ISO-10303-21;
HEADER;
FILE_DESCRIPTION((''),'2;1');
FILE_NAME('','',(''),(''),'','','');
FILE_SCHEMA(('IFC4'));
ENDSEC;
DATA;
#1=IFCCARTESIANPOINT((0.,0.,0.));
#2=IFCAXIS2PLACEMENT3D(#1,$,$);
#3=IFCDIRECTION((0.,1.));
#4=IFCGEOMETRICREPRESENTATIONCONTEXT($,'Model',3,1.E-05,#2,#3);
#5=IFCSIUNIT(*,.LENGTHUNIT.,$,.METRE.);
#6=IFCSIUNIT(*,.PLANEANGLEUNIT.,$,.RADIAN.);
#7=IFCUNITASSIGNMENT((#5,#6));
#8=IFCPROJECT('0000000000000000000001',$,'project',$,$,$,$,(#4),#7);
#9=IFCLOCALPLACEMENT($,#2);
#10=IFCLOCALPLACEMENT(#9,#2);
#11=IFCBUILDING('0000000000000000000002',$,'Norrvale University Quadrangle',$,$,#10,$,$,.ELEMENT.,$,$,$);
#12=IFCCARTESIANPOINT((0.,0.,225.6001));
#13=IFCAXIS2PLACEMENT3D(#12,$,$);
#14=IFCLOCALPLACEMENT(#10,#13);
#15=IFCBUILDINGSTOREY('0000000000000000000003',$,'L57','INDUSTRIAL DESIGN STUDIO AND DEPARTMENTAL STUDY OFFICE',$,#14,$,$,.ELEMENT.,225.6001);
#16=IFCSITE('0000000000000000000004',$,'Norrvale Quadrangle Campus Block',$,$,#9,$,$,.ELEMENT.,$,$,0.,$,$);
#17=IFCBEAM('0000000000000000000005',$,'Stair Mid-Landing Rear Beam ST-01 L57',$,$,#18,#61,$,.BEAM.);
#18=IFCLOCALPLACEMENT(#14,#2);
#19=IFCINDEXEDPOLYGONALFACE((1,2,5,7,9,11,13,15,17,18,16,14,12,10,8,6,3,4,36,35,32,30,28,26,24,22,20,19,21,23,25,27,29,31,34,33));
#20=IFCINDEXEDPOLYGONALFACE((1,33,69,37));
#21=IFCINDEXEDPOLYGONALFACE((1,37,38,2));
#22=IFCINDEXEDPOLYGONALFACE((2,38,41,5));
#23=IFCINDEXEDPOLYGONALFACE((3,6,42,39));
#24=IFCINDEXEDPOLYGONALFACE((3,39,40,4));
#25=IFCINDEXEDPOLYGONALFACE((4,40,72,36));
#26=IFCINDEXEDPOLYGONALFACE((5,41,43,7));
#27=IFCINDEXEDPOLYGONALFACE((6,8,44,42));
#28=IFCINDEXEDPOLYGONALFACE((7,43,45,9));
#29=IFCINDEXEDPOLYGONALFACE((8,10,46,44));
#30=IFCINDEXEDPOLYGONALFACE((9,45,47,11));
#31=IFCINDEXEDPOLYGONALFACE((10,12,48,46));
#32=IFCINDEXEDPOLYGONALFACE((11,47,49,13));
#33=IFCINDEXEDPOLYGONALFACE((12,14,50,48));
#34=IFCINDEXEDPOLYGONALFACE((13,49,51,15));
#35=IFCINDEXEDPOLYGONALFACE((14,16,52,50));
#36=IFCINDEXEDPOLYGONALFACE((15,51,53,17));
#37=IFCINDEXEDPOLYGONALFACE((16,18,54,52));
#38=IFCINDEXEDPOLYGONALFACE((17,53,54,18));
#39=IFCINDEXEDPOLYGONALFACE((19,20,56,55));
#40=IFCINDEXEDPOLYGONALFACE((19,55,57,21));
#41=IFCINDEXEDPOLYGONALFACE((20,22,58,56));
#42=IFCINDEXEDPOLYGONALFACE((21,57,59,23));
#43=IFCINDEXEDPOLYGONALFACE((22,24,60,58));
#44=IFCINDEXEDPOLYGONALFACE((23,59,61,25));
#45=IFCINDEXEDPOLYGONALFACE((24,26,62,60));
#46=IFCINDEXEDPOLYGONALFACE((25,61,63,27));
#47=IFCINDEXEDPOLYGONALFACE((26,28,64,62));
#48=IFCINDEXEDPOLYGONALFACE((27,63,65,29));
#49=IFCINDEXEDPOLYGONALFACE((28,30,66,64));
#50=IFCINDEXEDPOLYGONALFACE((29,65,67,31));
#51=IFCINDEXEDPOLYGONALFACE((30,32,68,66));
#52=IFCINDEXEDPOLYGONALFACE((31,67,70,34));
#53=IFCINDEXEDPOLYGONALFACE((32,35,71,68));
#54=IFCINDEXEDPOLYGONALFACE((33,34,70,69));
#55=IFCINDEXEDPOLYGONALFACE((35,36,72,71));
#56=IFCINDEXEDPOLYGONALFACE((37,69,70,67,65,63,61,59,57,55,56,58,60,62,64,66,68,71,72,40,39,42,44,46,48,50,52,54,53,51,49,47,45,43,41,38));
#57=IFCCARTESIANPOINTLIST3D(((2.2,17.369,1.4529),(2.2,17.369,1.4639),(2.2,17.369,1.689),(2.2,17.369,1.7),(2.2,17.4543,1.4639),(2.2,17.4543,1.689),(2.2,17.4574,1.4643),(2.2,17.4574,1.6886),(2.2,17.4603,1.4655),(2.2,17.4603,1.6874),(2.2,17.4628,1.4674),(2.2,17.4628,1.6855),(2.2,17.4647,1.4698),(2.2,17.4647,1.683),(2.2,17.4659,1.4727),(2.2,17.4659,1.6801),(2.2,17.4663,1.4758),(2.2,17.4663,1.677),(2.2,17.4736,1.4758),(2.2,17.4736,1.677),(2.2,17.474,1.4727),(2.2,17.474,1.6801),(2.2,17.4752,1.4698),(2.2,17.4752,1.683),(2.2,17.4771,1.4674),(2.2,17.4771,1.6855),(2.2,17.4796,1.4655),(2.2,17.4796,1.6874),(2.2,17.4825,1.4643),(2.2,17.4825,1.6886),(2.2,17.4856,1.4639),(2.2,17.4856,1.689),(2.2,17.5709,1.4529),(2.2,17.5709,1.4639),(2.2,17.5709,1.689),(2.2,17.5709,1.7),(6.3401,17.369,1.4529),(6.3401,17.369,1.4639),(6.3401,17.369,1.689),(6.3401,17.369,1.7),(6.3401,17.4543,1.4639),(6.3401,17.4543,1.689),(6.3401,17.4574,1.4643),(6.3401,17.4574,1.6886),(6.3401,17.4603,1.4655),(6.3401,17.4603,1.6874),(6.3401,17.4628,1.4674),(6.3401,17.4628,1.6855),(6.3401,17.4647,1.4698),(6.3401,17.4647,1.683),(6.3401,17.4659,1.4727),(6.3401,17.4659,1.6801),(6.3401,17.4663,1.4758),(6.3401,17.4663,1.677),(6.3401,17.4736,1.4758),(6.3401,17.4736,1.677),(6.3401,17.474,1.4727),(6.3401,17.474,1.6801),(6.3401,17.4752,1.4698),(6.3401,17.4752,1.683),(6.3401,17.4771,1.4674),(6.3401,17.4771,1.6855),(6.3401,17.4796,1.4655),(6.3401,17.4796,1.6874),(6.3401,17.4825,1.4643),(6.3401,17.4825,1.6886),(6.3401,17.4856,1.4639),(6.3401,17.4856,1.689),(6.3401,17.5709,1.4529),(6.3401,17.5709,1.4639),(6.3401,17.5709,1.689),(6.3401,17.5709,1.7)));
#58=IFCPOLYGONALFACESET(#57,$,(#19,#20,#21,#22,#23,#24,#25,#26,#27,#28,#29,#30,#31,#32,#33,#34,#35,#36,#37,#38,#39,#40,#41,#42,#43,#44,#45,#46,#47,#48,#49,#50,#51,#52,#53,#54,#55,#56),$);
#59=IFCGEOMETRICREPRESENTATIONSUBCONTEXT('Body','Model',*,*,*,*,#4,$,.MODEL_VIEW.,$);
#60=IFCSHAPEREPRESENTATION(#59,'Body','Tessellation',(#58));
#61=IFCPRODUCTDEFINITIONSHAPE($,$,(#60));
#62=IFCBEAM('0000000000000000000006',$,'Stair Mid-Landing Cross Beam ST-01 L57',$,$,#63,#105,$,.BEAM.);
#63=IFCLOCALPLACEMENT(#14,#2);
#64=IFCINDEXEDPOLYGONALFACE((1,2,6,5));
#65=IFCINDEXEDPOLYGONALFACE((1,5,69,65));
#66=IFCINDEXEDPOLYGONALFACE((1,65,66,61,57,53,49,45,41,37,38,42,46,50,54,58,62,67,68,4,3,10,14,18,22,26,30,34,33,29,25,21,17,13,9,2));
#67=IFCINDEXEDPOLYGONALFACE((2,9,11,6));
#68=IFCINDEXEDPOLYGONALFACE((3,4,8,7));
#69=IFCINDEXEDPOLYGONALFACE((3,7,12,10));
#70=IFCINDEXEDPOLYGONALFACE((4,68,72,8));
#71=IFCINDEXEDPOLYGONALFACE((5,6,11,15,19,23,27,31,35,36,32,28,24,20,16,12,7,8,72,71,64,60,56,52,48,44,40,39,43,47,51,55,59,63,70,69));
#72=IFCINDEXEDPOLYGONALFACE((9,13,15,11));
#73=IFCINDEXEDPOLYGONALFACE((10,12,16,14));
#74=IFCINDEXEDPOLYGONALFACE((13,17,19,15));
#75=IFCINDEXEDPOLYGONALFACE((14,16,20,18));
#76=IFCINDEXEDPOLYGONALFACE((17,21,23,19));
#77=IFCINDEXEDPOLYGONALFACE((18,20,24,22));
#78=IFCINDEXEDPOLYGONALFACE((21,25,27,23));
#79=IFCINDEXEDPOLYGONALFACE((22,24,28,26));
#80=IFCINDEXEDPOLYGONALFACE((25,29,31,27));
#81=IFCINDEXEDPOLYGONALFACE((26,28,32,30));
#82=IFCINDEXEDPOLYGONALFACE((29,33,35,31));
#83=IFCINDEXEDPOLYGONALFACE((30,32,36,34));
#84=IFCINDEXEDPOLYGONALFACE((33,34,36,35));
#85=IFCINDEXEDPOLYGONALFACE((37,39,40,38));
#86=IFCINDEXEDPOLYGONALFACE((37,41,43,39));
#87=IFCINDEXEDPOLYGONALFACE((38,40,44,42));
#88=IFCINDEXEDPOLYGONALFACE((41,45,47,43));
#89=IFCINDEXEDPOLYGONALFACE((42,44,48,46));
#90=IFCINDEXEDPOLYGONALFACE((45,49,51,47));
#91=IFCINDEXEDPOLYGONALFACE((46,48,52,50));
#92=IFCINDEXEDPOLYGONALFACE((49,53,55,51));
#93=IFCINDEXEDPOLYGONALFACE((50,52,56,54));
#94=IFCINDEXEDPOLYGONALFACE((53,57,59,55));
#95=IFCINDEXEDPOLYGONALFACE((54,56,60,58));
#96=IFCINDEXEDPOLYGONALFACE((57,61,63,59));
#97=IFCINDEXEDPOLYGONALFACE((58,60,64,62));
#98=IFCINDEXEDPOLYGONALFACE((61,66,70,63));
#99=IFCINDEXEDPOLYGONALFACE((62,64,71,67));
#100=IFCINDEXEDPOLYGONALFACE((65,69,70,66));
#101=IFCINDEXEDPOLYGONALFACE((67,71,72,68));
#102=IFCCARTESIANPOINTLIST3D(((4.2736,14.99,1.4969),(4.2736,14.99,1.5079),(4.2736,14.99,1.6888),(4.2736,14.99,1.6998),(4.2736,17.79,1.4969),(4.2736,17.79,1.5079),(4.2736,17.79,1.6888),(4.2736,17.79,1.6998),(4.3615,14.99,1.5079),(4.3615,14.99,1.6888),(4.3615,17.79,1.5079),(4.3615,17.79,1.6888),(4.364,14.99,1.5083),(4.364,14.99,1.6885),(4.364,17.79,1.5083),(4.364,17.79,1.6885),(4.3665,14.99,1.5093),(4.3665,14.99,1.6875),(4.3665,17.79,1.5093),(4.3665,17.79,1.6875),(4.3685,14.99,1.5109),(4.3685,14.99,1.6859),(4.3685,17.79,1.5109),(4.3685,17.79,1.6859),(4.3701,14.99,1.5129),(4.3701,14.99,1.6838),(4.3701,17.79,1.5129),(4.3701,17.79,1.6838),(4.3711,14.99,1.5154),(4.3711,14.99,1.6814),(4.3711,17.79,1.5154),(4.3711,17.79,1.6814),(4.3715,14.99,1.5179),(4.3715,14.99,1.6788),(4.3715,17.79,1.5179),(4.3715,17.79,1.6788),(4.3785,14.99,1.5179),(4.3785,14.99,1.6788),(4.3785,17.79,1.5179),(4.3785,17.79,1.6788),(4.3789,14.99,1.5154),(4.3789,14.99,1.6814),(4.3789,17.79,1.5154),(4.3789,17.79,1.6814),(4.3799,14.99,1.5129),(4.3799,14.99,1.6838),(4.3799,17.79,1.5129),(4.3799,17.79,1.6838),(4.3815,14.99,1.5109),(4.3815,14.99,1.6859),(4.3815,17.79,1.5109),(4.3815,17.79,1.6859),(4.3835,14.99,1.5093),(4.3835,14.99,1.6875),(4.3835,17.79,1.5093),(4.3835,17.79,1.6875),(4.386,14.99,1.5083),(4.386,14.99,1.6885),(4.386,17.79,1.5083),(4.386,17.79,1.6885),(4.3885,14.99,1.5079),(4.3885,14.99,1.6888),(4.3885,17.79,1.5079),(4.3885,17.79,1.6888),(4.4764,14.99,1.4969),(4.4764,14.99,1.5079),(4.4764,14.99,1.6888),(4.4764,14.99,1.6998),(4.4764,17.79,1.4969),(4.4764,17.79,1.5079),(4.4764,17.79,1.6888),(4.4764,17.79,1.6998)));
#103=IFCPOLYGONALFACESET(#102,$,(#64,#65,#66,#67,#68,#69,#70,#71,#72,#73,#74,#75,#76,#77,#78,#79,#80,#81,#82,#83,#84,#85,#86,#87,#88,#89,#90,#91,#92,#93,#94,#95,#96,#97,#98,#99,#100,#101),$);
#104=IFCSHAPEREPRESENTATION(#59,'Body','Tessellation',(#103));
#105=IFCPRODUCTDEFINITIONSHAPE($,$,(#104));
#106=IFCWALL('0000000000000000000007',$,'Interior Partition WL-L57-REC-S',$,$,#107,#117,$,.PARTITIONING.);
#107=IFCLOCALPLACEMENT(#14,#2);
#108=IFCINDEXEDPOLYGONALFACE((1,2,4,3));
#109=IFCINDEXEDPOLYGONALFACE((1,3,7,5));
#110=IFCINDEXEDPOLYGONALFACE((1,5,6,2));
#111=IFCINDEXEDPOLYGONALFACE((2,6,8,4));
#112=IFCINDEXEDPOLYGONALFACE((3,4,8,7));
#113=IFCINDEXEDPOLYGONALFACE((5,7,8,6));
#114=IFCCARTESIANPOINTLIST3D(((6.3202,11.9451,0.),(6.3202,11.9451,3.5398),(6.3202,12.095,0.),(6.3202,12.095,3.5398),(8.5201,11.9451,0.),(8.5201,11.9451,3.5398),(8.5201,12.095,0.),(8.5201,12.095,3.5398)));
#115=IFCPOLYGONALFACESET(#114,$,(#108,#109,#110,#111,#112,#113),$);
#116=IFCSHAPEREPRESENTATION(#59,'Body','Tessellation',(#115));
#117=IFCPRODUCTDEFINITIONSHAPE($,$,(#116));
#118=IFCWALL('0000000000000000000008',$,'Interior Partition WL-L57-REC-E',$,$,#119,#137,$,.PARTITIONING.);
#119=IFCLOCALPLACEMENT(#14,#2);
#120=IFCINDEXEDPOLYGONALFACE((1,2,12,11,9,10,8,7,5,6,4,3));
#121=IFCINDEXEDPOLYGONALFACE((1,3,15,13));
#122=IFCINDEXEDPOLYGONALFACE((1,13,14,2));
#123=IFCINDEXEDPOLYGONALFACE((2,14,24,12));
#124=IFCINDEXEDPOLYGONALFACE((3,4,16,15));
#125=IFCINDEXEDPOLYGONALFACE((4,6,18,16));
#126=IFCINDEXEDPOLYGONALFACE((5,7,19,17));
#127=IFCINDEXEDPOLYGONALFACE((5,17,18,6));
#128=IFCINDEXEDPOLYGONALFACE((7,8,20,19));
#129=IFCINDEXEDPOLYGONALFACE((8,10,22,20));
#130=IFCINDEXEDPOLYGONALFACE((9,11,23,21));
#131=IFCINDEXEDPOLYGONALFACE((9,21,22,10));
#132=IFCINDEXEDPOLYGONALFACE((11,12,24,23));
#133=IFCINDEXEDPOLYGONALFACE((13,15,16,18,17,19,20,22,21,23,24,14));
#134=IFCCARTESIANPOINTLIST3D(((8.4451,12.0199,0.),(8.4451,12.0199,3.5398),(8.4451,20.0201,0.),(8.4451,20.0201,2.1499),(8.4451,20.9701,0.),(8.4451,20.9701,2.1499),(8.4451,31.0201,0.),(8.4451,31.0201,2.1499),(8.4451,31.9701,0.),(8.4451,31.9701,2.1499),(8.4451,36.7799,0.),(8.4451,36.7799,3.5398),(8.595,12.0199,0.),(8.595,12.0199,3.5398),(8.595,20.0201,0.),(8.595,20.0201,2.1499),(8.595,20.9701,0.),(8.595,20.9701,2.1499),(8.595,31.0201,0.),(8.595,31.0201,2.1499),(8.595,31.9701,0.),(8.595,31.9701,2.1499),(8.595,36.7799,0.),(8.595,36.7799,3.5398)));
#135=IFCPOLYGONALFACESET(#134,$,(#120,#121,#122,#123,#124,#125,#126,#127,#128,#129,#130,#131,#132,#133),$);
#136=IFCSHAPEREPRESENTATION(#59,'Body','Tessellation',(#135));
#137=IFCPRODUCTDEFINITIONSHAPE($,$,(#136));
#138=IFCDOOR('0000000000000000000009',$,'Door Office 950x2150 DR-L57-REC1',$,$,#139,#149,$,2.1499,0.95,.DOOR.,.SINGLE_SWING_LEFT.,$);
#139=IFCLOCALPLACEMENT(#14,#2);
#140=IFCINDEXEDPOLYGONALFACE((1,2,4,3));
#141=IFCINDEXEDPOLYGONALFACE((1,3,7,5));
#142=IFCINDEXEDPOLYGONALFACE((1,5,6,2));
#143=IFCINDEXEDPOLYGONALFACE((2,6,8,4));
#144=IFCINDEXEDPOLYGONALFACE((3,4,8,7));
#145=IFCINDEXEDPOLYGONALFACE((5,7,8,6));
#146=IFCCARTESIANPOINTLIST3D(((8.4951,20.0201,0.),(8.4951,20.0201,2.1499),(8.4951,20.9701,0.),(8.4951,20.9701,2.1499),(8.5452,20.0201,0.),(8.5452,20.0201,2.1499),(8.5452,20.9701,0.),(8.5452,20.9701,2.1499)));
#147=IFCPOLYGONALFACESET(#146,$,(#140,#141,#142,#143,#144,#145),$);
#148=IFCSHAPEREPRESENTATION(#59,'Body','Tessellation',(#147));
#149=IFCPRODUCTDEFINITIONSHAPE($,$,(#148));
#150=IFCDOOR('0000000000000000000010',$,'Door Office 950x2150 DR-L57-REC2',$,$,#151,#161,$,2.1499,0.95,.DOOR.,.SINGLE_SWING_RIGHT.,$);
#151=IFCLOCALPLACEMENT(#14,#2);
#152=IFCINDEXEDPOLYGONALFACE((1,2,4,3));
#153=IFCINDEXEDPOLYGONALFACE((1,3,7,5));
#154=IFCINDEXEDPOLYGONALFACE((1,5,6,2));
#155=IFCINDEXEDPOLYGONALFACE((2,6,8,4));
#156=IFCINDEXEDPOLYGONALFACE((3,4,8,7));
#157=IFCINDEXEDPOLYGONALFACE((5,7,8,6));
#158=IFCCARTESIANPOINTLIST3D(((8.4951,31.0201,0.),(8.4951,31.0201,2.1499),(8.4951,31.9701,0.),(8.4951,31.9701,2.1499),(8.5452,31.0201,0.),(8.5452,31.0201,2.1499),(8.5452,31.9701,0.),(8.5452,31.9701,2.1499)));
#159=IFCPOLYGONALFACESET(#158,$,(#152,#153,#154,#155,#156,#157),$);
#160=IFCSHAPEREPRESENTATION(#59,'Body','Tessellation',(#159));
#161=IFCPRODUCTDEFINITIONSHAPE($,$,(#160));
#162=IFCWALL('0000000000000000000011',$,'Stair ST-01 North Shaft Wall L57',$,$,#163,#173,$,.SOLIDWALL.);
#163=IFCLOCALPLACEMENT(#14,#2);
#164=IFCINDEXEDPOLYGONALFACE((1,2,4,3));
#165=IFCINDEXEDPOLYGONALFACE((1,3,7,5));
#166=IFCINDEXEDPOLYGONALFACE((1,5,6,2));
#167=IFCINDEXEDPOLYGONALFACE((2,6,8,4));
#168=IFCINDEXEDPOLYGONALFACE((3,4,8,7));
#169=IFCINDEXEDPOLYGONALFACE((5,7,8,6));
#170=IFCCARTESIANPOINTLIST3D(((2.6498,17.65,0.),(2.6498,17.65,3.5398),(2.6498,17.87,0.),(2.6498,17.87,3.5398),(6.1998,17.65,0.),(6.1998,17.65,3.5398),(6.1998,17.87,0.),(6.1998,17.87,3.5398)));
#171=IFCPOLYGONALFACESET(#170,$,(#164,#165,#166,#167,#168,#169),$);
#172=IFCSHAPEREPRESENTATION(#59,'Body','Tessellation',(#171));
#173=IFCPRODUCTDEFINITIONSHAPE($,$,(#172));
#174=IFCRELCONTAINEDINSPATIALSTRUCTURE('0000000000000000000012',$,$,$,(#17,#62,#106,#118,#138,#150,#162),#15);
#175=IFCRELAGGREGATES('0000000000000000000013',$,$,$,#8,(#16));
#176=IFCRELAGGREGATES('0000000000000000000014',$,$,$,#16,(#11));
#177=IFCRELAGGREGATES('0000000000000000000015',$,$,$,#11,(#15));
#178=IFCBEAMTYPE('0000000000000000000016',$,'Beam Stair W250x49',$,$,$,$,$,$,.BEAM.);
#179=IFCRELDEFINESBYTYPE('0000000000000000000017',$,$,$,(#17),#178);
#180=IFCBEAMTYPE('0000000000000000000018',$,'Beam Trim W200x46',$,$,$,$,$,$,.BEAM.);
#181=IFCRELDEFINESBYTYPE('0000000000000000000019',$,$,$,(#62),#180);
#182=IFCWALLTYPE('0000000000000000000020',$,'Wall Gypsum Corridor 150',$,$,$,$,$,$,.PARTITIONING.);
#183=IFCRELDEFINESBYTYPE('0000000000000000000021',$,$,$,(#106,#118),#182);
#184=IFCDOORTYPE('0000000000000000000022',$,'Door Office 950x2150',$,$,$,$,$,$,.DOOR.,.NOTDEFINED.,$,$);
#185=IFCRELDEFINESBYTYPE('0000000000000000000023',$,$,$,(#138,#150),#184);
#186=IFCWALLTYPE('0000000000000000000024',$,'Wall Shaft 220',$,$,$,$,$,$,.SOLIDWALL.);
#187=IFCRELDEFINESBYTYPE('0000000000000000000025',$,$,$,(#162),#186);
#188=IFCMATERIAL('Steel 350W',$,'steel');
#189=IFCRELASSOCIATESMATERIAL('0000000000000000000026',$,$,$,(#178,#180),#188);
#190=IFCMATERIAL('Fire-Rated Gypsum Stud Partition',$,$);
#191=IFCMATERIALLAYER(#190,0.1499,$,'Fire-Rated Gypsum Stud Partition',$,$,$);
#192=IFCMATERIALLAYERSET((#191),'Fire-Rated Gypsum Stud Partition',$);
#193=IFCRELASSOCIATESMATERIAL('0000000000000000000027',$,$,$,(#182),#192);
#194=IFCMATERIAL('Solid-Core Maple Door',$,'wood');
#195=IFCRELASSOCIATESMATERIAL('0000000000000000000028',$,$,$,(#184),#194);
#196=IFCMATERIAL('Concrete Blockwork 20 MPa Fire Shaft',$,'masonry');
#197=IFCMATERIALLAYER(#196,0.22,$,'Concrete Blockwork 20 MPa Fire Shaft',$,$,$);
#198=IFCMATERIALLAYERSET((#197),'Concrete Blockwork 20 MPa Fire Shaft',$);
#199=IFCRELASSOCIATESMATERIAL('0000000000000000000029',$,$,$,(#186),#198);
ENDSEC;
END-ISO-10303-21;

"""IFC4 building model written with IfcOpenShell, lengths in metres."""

from ifc_helpers import new_model, si_unit, direction, frame, frame_2d, origin, origin_2d, place, context, subcontext, project, spatial, rectangle, i_section, extrude, material, layer, layer_set, material_profile, profile_set, type_object, element, fill, save


model = new_model("IFC4")

# Units and contexts
model_context = context("Model", 3, precision=1e-05, world=origin(), true_north=direction((0.0, 1.0)))
body_context = subcontext(model_context, "Body", "Model", "MODEL_VIEW")
ifc_project = project(units=[si_unit("LENGTHUNIT", "METRE"), si_unit("PLANEANGLEUNIT", "RADIAN")], contexts=[model_context])

# Site, building, storey
site_placement = place(None, origin())
site = spatial("IfcSite", under=ifc_project, at=site_placement, Name="Norrvale Quadrangle Campus Block", CompositionType="ELEMENT", RefElevation=0.0)
building_placement = place(site_placement, origin())
building = spatial("IfcBuilding", under=site, at=building_placement, Name="Norrvale University Quadrangle", CompositionType="ELEMENT")
storey_placement = place(building_placement, frame((0.0, 0.0, 225.6001)))
storey = spatial("IfcBuildingStorey", under=building, at=storey_placement, Name="L57", Description="INDUSTRIAL DESIGN STUDIO AND DEPARTMENTAL STUDY OFFICE", CompositionType="ELEMENT", Elevation=225.6001)

# Beams
ifc_material_1 = material(Name="Steel 350W", Category="steel")
ifc_material_profile_1 = material_profile(ifc_material_1, i_section(OverallWidth=0.2019, OverallDepth=0.2471, WebThickness=0.0073, FlangeThickness=0.011, FilletRadius=0.012, at=origin_2d()), Name="Steel 350W")
ifc_profile_set_1 = profile_set([ifc_material_profile_1], Name="Steel 350W")
beam_type_1 = type_object("IfcBeamType", Name="Beam Stair W250x49", PredefinedType="BEAM", material=ifc_profile_set_1)
for number, where, z_axis, x_axis, name in (
    (1, (2.2, 17.47, 1.5764), (1.0, 0.0, 0.0), (0.0, 1.0, 0.0), "Stair Mid-Landing Rear Beam ST-01 L57"),
):
    element("IfcBeam", number, at=place(storey_placement, frame(where, z_axis=z_axis, x_axis=x_axis)), inside=storey, type_object=beam_type_1, Name=name, PredefinedType="BEAM", context=body_context, shape_type="SweptSolid", body=[
        extrude(i_section(OverallWidth=0.2019, OverallDepth=0.2471, WebThickness=0.0073, FlangeThickness=0.011, FilletRadius=0.012, at=origin_2d()), origin(), (0.0, 0.0, 1.0), 4.1401),
    ])
ifc_material_profile_2 = material_profile(ifc_material_1, i_section(OverallWidth=0.2029, OverallDepth=0.2029, WebThickness=0.0071, FlangeThickness=0.011, FilletRadius=0.01, at=origin_2d()), Name="Steel 350W")
ifc_profile_set_2 = profile_set([ifc_material_profile_2], Name="Steel 350W")
beam_type_2 = type_object("IfcBeamType", Name="Beam Trim W200x46", PredefinedType="BEAM", material=ifc_profile_set_2)
beam_1_placement = place(storey_placement, frame((4.375, 14.99, 1.5984), z_axis=(0.0, 1.0, 0.0), x_axis=(-1.0, 0.0, 0.0)))
element("IfcBeam", 2, at=beam_1_placement, inside=storey, type_object=beam_type_2, Name="Stair Mid-Landing Cross Beam ST-01 L57", PredefinedType="BEAM", context=body_context, shape_type="SweptSolid", body=[
    extrude(i_section(OverallWidth=0.2029, OverallDepth=0.2029, WebThickness=0.0071, FlangeThickness=0.011, FilletRadius=0.01, at=origin_2d()), origin(), (0.0, 0.0, 1.0), 2.8),
])

# Wall
ifc_material_2 = material(Name="Fire-Rated Gypsum Stud Partition")
ifc_layer_1 = layer(ifc_material_2, 0.1499, Name="Fire-Rated Gypsum Stud Partition")
ifc_layer_set_1 = layer_set([ifc_layer_1], Name="Fire-Rated Gypsum Stud Partition")
wall_type_1 = type_object("IfcWallType", Name="Wall Gypsum Corridor 150", PredefinedType="PARTITIONING", material=ifc_layer_set_1)
wall_1_placement = place(storey_placement, frame((6.3201, 12.02, 0.0), z_axis=(0.0, 0.0, 1.0), x_axis=(1.0, 0.0, 0.0)))
element("IfcWall", 3, at=wall_1_placement, inside=storey, type_object=wall_type_1, Name="Interior Partition WL-L57-REC-S", PredefinedType="PARTITIONING", context=body_context, shape_type="SweptSolid", body=[
    extrude(rectangle(XDim=2.2, YDim=0.1499, at=frame_2d((1.1001, 0.0))), origin(), (0.0, 0.0, 1.0), 3.5398),
])

# Wall, openings, doors
wall_2_placement = place(storey_placement, frame((8.52, 12.02, 0.0), z_axis=(0.0, 0.0, 1.0), x_axis=(0.0, 1.0, 0.0)))
wall_2 = element("IfcWall", 4, at=wall_2_placement, inside=storey, type_object=wall_type_1, Name="Interior Partition WL-L57-REC-E", PredefinedType="PARTITIONING", context=body_context, shape_type="SweptSolid", body=[
    extrude(rectangle(XDim=24.76, YDim=0.1499, at=frame_2d((12.3799, 0.0))), origin(), (0.0, 0.0, 1.0), 3.5398),
])
opening_1_placement = place(wall_2_placement, frame((8.0, 0.0, 0.0)))
opening_1 = element("IfcOpeningElement", 5, at=opening_1_placement, cuts=wall_2, PredefinedType="OPENING", context=body_context, shape_type="SweptSolid", body=[
    extrude(rectangle(XDim=0.95, YDim=2.1499, at=frame_2d((0.4751, 1.075))), frame((0.0, 0.0869, 0.0), z_axis=(0.0, -1.0, 0.0), x_axis=(1.0, 0.0, 0.0)), (0.0, 0.0, 1.0), 0.1738),
])
opening_2_placement = place(wall_2_placement, frame((19.0, 0.0, 0.0)))
opening_2 = element("IfcOpeningElement", 6, at=opening_2_placement, cuts=wall_2, PredefinedType="OPENING", context=body_context, shape_type="SweptSolid", body=[
    extrude(rectangle(XDim=0.95, YDim=2.1499, at=frame_2d((0.4751, 1.075))), frame((0.0, 0.0869, 0.0), z_axis=(0.0, -1.0, 0.0), x_axis=(1.0, 0.0, 0.0)), (0.0, 0.0, 1.0), 0.1738),
])
ifc_material_3 = material(Name="Solid-Core Maple Door", Category="wood")
door_type = type_object("IfcDoorType", Name="Door Office 950x2150", OperationType="NOTDEFINED", PredefinedType="DOOR", material=ifc_material_3)
door_1_placement = place(opening_1_placement, origin())
door_1 = element("IfcDoor", 7, at=door_1_placement, inside=storey, type_object=door_type, Name="Door Office 950x2150 DR-L57-REC1", OperationType="SINGLE_SWING_LEFT", OverallHeight=2.1499, OverallWidth=0.95, PredefinedType="DOOR", context=body_context, shape_type="SweptSolid", body=[
    extrude(rectangle(XDim=0.95, YDim=2.1499, at=frame_2d((0.4751, 1.075))), frame((0.0, 0.0249, 0.0), z_axis=(0.0, -1.0, 0.0), x_axis=(1.0, 0.0, 0.0)), (0.0, 0.0, 1.0), 0.05),
])
fill(opening_1, door_1)
door_2_placement = place(opening_2_placement, origin())
door_2 = element("IfcDoor", 8, at=door_2_placement, inside=storey, type_object=door_type, Name="Door Office 950x2150 DR-L57-REC2", OperationType="SINGLE_SWING_RIGHT", OverallHeight=2.1499, OverallWidth=0.95, PredefinedType="DOOR", context=body_context, shape_type="SweptSolid", body=[
    extrude(rectangle(XDim=0.95, YDim=2.1499, at=frame_2d((0.4751, 1.075))), frame((0.0, 0.0249, 0.0), z_axis=(0.0, -1.0, 0.0), x_axis=(1.0, 0.0, 0.0)), (0.0, 0.0, 1.0), 0.05),
])
fill(opening_2, door_2)

# Wall
ifc_material_4 = material(Name="Concrete Blockwork 20 MPa Fire Shaft", Category="masonry")
ifc_layer_2 = layer(ifc_material_4, 0.22, Name="Concrete Blockwork 20 MPa Fire Shaft")
ifc_layer_set_2 = layer_set([ifc_layer_2], Name="Concrete Blockwork 20 MPa Fire Shaft")
wall_type_2 = type_object("IfcWallType", Name="Wall Shaft 220", PredefinedType="SOLIDWALL", material=ifc_layer_set_2)
wall_3_placement = place(storey_placement, frame((2.6499, 17.76, 0.0), z_axis=(0.0, 0.0, 1.0), x_axis=(1.0, 0.0, 0.0)))
element("IfcWall", 9, at=wall_3_placement, inside=storey, type_object=wall_type_2, Name="Stair ST-01 North Shaft Wall L57", PredefinedType="SOLIDWALL", context=body_context, shape_type="SweptSolid", body=[
    extrude(rectangle(XDim=3.55, YDim=0.22, at=frame_2d((1.7749, 0.0))), origin(), (0.0, 0.0, 1.0), 3.5398),
])

save(model, "model.ifc")
